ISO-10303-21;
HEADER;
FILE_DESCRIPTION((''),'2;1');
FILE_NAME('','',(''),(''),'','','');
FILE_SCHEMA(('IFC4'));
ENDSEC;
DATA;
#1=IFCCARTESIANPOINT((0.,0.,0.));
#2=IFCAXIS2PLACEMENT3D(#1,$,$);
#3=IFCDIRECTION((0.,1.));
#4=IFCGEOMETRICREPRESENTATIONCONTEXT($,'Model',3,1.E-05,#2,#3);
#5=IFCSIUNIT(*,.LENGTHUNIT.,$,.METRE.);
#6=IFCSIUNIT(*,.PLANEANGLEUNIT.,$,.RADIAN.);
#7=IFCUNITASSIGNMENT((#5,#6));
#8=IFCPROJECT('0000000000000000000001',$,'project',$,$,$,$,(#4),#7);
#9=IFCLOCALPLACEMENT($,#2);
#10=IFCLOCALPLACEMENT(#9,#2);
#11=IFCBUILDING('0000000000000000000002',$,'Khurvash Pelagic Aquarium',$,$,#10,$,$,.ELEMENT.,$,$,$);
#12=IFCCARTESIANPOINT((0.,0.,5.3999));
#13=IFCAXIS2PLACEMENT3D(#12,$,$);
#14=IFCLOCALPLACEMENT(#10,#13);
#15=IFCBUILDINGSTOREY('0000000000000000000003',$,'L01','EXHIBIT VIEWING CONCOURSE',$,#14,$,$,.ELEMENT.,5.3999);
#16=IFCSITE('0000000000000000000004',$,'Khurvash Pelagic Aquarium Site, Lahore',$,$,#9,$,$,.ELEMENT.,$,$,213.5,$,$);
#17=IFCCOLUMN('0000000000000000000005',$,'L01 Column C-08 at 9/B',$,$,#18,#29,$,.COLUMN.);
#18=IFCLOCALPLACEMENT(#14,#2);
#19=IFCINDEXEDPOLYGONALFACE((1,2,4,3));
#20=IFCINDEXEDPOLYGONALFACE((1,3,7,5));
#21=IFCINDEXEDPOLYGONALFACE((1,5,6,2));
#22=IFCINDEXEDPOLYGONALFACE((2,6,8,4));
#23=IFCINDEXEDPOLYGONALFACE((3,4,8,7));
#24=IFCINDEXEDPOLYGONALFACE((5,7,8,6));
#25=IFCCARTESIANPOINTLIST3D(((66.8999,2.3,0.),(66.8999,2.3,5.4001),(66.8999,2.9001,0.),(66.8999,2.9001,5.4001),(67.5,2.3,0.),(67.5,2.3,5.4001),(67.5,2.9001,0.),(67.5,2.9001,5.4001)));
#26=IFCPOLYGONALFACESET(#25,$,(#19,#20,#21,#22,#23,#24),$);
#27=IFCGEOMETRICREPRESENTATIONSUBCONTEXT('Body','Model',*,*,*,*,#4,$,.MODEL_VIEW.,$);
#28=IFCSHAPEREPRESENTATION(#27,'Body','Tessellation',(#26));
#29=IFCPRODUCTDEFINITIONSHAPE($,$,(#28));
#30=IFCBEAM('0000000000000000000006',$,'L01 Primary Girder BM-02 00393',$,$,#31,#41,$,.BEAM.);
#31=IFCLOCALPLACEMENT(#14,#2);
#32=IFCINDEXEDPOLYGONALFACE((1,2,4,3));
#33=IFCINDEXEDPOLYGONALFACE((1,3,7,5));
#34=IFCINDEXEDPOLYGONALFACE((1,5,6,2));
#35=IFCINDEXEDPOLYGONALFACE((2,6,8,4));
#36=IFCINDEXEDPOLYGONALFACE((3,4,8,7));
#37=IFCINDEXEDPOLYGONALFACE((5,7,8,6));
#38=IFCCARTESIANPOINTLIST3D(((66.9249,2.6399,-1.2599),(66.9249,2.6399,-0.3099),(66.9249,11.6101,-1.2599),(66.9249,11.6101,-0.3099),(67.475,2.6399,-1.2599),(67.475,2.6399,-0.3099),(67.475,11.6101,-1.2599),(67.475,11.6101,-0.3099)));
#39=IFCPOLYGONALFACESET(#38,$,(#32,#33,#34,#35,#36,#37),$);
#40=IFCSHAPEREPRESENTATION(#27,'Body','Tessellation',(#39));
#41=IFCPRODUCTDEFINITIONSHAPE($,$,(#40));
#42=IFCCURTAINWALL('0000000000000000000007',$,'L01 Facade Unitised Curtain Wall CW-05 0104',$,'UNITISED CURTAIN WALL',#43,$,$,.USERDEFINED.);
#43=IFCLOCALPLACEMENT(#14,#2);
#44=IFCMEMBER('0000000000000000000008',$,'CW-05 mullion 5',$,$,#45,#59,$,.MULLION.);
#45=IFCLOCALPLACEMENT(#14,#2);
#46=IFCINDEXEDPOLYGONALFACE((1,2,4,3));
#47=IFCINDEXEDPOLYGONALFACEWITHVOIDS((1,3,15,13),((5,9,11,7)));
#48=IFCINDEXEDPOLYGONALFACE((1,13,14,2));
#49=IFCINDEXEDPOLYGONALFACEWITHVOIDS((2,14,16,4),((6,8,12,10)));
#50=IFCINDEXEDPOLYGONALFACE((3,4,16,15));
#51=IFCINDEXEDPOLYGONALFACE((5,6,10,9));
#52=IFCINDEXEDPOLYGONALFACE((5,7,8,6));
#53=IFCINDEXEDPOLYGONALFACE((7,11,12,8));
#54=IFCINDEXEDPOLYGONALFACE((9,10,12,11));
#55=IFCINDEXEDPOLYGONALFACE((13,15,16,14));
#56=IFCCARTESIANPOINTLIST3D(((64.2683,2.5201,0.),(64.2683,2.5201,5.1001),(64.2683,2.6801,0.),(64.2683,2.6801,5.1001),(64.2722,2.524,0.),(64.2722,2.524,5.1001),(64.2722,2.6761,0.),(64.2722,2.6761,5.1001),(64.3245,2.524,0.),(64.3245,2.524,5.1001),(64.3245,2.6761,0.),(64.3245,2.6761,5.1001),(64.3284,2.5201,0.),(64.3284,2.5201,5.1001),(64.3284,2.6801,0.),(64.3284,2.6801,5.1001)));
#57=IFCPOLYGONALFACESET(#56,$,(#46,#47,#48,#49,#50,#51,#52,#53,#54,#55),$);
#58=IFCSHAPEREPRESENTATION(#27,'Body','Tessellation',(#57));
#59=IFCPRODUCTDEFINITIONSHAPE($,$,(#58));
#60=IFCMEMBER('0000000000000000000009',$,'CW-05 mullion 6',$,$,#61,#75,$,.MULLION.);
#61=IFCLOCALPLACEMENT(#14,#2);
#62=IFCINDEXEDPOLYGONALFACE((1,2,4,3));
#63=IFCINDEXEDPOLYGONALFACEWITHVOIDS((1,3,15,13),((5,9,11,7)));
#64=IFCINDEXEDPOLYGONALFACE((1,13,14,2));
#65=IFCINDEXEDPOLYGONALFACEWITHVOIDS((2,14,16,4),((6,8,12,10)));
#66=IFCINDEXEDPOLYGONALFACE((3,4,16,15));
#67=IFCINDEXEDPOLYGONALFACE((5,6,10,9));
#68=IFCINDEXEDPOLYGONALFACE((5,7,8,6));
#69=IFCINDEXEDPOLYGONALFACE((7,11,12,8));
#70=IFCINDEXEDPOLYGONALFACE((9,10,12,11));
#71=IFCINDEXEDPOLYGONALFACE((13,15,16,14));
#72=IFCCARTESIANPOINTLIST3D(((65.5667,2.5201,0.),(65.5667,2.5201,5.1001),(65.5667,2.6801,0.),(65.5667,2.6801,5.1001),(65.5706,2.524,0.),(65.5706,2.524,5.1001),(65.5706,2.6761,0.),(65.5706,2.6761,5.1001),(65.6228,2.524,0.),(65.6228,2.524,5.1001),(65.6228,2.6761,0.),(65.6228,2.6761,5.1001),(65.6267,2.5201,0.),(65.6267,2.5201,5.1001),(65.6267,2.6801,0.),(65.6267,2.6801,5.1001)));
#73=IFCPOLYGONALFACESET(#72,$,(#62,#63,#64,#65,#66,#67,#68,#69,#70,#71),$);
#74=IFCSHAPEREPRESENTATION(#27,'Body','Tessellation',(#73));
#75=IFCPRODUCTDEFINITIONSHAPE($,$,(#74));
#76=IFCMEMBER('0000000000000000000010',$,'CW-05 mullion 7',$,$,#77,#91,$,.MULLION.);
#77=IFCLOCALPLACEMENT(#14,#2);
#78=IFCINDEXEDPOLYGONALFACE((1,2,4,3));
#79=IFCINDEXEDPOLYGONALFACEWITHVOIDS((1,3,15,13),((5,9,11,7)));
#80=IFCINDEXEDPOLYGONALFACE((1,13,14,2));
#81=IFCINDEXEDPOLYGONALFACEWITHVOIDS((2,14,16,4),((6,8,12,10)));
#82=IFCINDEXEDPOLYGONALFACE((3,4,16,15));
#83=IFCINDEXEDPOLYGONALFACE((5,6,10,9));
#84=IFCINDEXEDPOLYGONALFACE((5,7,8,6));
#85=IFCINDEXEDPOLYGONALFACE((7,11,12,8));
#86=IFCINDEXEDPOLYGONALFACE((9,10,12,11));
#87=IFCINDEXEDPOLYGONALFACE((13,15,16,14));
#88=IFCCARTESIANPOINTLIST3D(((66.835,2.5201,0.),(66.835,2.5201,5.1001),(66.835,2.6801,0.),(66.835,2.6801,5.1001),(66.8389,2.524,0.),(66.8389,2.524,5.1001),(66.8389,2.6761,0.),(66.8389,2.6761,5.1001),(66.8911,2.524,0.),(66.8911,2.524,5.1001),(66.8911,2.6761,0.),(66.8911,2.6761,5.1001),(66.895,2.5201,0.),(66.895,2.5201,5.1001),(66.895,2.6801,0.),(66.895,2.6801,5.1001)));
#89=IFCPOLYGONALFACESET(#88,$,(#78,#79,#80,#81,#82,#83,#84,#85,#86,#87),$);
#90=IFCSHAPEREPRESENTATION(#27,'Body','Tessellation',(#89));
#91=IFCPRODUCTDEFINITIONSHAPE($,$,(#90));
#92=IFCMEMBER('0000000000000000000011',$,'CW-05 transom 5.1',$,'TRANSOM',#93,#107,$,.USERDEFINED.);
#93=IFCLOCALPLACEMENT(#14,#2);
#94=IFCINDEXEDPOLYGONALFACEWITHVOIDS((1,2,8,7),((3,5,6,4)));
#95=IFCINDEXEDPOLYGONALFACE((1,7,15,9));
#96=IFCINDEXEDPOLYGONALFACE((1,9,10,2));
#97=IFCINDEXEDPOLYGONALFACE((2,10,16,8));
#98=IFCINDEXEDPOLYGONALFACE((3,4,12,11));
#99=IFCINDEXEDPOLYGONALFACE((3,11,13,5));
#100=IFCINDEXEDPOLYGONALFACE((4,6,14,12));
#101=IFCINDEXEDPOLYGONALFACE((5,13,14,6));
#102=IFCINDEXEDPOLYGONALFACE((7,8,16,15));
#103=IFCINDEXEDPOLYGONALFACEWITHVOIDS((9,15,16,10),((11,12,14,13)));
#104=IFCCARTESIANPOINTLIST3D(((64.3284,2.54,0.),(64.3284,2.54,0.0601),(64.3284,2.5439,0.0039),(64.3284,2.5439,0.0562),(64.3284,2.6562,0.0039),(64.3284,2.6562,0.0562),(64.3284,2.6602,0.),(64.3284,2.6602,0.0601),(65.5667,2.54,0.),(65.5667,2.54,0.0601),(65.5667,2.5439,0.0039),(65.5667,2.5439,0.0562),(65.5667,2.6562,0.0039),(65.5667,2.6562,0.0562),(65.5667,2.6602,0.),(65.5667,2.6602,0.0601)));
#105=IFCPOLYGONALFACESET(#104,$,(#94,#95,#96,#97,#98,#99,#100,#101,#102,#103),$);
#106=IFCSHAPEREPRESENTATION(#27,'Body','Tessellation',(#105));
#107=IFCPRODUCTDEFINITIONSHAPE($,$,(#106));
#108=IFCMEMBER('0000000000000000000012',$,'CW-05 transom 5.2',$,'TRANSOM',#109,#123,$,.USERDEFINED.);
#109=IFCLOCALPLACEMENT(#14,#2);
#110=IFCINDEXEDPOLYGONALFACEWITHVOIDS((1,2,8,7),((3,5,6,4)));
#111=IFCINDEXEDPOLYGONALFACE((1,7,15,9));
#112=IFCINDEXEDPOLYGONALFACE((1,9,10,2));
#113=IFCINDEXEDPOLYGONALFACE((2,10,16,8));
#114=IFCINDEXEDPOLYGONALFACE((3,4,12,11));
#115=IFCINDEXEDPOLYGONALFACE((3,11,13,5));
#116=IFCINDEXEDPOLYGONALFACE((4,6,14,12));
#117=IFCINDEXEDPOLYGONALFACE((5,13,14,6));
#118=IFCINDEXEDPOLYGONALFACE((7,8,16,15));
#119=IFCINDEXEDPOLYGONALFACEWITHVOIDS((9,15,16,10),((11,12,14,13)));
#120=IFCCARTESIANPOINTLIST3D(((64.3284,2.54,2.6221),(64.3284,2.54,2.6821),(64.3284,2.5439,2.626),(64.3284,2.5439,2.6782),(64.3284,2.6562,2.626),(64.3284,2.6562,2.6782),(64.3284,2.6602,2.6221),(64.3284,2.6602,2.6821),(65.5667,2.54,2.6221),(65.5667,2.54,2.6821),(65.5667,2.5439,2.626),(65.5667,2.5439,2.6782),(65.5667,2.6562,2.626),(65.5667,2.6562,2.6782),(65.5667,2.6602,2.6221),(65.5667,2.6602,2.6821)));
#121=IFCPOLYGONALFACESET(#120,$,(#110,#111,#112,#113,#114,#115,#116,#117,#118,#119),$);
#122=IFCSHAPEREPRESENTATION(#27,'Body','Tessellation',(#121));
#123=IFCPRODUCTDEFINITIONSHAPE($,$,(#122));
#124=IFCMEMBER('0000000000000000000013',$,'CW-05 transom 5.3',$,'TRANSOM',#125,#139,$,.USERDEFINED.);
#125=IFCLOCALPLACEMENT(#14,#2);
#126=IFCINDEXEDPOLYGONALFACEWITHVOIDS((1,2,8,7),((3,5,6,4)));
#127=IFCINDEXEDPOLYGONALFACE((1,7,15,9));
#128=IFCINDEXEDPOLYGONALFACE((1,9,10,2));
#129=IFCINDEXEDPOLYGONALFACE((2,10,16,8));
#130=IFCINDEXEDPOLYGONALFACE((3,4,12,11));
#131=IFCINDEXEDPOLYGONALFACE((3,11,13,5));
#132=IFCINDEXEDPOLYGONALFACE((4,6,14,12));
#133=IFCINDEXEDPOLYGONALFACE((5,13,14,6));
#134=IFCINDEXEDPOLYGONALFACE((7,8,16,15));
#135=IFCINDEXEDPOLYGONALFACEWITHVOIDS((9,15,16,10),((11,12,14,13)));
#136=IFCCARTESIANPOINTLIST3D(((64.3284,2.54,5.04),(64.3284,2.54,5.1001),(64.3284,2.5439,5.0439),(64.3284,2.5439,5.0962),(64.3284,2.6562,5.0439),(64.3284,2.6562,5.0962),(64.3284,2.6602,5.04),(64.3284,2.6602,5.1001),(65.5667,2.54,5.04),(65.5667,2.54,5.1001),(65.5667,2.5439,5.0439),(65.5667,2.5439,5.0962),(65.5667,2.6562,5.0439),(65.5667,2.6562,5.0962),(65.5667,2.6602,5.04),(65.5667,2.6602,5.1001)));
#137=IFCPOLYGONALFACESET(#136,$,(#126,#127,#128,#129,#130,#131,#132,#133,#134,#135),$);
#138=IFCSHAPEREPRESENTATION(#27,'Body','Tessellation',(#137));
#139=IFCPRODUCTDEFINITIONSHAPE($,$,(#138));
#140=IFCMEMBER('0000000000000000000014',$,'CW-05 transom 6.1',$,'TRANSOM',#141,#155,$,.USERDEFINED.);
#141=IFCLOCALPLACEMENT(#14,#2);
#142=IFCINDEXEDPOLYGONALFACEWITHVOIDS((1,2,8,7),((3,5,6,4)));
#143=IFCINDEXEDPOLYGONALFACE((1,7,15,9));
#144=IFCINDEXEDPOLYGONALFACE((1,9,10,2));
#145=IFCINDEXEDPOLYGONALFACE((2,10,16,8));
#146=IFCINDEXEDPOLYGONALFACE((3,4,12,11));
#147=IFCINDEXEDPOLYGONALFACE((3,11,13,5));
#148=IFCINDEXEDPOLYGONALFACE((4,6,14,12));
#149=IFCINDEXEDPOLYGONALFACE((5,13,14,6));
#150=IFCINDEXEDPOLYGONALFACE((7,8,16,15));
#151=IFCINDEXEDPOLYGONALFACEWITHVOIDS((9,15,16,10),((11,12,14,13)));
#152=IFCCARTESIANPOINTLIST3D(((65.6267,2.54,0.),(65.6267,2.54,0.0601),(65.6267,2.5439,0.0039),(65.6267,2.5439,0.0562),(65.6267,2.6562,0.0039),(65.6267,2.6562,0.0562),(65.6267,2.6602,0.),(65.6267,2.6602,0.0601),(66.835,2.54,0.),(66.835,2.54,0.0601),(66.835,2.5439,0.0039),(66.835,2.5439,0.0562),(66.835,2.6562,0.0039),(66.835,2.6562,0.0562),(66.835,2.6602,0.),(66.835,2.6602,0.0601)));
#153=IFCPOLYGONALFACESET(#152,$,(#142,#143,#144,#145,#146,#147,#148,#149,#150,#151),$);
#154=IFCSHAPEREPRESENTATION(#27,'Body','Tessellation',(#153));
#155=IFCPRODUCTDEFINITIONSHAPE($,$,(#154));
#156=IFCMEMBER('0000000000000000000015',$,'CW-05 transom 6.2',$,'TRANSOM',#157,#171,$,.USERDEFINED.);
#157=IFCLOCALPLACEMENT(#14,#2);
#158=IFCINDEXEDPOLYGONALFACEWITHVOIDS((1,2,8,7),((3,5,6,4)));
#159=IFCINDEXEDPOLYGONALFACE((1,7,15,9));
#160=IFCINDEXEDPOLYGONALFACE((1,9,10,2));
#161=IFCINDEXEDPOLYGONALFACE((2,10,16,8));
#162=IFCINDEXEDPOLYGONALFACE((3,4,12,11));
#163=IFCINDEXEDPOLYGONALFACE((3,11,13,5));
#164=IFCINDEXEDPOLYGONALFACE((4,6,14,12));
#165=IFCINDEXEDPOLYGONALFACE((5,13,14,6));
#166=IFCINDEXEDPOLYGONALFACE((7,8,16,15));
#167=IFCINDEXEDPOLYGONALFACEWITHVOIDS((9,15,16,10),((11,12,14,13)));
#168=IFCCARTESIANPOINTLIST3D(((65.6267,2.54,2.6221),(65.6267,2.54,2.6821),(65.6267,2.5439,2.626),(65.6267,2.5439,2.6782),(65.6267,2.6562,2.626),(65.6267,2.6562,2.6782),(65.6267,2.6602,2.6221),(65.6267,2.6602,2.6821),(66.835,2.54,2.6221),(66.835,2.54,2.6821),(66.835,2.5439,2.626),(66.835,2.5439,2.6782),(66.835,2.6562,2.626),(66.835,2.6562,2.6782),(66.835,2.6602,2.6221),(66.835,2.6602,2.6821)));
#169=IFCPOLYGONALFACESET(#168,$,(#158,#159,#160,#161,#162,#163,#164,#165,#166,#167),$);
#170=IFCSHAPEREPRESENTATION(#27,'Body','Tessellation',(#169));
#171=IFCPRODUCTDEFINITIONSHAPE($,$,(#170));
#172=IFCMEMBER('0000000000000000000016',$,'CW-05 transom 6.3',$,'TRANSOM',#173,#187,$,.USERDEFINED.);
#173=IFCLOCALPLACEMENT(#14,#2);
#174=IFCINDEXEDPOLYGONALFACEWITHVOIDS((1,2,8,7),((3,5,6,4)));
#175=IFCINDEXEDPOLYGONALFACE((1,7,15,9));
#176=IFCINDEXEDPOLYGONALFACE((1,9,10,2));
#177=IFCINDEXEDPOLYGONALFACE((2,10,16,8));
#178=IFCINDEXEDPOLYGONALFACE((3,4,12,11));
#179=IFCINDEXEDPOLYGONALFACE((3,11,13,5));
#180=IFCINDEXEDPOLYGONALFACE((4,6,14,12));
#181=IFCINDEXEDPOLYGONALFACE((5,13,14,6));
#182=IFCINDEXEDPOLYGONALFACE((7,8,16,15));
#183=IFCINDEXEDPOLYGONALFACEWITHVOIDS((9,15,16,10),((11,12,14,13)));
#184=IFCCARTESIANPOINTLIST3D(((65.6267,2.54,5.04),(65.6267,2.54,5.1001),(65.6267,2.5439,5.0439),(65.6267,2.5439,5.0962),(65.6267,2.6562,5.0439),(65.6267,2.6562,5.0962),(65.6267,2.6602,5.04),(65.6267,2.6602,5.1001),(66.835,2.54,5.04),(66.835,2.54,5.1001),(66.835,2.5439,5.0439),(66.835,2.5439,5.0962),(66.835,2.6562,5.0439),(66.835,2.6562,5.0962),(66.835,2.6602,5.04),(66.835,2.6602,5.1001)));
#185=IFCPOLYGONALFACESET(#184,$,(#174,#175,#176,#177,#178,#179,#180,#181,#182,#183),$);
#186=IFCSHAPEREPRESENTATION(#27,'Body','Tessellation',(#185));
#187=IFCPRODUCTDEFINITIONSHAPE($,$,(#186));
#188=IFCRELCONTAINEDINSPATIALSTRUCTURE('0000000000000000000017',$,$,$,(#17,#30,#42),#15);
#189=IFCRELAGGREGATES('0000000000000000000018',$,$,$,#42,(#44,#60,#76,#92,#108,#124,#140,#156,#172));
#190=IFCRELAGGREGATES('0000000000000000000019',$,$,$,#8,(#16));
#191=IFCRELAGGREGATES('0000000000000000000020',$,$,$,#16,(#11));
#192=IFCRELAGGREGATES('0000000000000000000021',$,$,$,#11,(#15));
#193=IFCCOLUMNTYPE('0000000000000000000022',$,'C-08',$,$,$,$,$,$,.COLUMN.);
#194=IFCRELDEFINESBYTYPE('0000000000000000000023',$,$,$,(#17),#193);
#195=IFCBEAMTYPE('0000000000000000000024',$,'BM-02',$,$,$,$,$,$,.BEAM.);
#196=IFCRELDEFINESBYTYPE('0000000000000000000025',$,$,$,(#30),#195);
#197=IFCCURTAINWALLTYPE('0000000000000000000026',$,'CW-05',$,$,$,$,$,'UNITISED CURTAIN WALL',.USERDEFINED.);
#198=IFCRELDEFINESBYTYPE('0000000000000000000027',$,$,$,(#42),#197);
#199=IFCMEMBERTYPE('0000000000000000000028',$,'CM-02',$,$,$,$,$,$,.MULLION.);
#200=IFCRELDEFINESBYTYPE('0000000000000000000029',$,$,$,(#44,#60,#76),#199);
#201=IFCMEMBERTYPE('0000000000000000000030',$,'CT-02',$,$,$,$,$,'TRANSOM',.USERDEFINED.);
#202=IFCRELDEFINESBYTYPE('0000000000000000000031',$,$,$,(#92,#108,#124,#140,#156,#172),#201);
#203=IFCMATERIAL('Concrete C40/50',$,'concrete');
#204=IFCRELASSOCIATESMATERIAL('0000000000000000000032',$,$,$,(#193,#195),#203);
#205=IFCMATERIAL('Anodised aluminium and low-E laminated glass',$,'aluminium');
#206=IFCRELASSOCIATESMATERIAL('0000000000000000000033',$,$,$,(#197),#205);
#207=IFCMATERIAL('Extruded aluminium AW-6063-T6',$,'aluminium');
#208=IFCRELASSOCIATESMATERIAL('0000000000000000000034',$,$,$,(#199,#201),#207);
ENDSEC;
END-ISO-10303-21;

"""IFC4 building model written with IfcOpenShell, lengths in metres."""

from ifc_helpers import new_model, si_unit, direction, frame, origin, origin_2d, place, context, subcontext, project, spatial, rectangle, hollow_rectangle, extrude, material, material_profile, profile_set, type_object, element, aggregate, save


model = new_model("IFC4")

# Units and contexts
model_context = context("Model", 3, precision=1e-05, world=origin(), true_north=direction((0.0, 1.0)))
body_context = subcontext(model_context, "Body", "Model", "MODEL_VIEW")
ifc_project = project(units=[si_unit("LENGTHUNIT", "METRE"), si_unit("PLANEANGLEUNIT", "RADIAN")], contexts=[model_context])

# Site, building, storey
site_placement = place(None, origin())
site = spatial("IfcSite", under=ifc_project, at=site_placement, Name="Khurvash Pelagic Aquarium Site, Lahore", CompositionType="ELEMENT", RefElevation=213.5)
building_placement = place(site_placement, origin())
building = spatial("IfcBuilding", under=site, at=building_placement, Name="Khurvash Pelagic Aquarium", CompositionType="ELEMENT")
storey_placement = place(building_placement, frame((0.0, 0.0, 5.3999)))
storey = spatial("IfcBuildingStorey", under=building, at=storey_placement, Name="L01", Description="EXHIBIT VIEWING CONCOURSE", CompositionType="ELEMENT", Elevation=5.3999)

# Column
ifc_material_1 = material(Name="Concrete C40/50", Category="concrete")
ifc_material_profile_1 = material_profile(ifc_material_1, rectangle(XDim=0.6001, YDim=0.6001, at=origin_2d()), Name="RC600X600")
ifc_profile_set_1 = profile_set([ifc_material_profile_1], Name="Concrete C40/50")
column_type = type_object("IfcColumnType", Name="C-08", PredefinedType="COLUMN", material=ifc_profile_set_1)
column_placement = place(storey_placement, frame((67.2, 2.6001, 0.0), z_axis=(0.0, 0.0, 1.0), x_axis=(1.0, 0.0, 0.0)))
element("IfcColumn", 1, at=column_placement, inside=storey, type_object=column_type, Name="L01 Column C-08 at 9/B", PredefinedType="COLUMN", context=body_context, shape_type="SweptSolid", body=[
    extrude(rectangle(XDim=0.6001, YDim=0.6001, at=origin_2d()), origin(), (0.0, 0.0, 1.0), 5.4001),
])

# Beam
ifc_material_profile_2 = material_profile(ifc_material_1, rectangle(XDim=0.55, YDim=0.95, at=origin_2d()), Name="RC550X950")
ifc_profile_set_2 = profile_set([ifc_material_profile_2], Name="Concrete C40/50")
beam_type_1 = type_object("IfcBeamType", Name="BM-02", PredefinedType="BEAM", material=ifc_profile_set_2)
beam_1_placement = place(storey_placement, frame((67.2, 2.6399, -0.7849), z_axis=(0.0, 1.0, 0.0), x_axis=(-1.0, 0.0, 0.0)))
element("IfcBeam", 2, at=beam_1_placement, inside=storey, type_object=beam_type_1, Name="L01 Primary Girder BM-02 00393", PredefinedType="BEAM", context=body_context, shape_type="SweptSolid", body=[
    extrude(rectangle(XDim=0.55, YDim=0.95, at=origin_2d()), origin(), (0.0, 0.0, 1.0), 8.9702),
])

# Curtain wall, members
ifc_material_2 = material(Name="Anodised aluminium and low-E laminated glass", Category="aluminium")
curtain_wall_type = type_object("IfcCurtainWallType", Name="CW-05", ElementType="UNITISED CURTAIN WALL", PredefinedType="USERDEFINED", material=ifc_material_2)
curtain_wall_placement = place(storey_placement, origin())
curtain_wall = element("IfcCurtainWall", 3, at=curtain_wall_placement, inside=storey, type_object=curtain_wall_type, Name="L01 Facade Unitised Curtain Wall CW-05 0104", ObjectType="UNITISED CURTAIN WALL", PredefinedType="USERDEFINED")
ifc_material_3 = material(Name="Extruded aluminium AW-6063-T6", Category="aluminium")
ifc_material_profile_3 = material_profile(ifc_material_3, hollow_rectangle(XDim=0.0601, YDim=0.1599, WallThickness=0.0039, at=origin_2d()), Name="CWM60X160X4")
ifc_profile_set_3 = profile_set([ifc_material_profile_3], Name="Extruded aluminium AW-6063-T6")
member_type_1 = type_object("IfcMemberType", Name="CM-02", PredefinedType="MULLION", material=ifc_profile_set_3)
member_1_placement = place(storey_placement, frame((64.2983, 2.6001, 0.0), z_axis=(0.0, 0.0, 1.0), x_axis=(1.0, 0.0, 0.0)))
member_1 = element("IfcMember", 4, at=member_1_placement, type_object=member_type_1, Name="CW-05 mullion 5", PredefinedType="MULLION", context=body_context, shape_type="SweptSolid", body=[
    extrude(hollow_rectangle(XDim=0.0601, YDim=0.1599, WallThickness=0.0039, at=origin_2d()), origin(), (0.0, 0.0, 1.0), 5.1001),
])
member_2_placement = place(storey_placement, frame((65.5967, 2.6001, 0.0), z_axis=(0.0, 0.0, 1.0), x_axis=(1.0, 0.0, 0.0)))
member_2 = element("IfcMember", 5, at=member_2_placement, type_object=member_type_1, Name="CW-05 mullion 6", PredefinedType="MULLION", context=body_context, shape_type="SweptSolid", body=[
    extrude(hollow_rectangle(XDim=0.0601, YDim=0.1599, WallThickness=0.0039, at=origin_2d()), origin(), (0.0, 0.0, 1.0), 5.1001),
])
member_3_placement = place(storey_placement, frame((66.865, 2.6001, 0.0), z_axis=(0.0, 0.0, 1.0), x_axis=(1.0, 0.0, 0.0)))
member_3 = element("IfcMember", 6, at=member_3_placement, type_object=member_type_1, Name="CW-05 mullion 7", PredefinedType="MULLION", context=body_context, shape_type="SweptSolid", body=[
    extrude(hollow_rectangle(XDim=0.0601, YDim=0.1599, WallThickness=0.0039, at=origin_2d()), origin(), (0.0, 0.0, 1.0), 5.1001),
])
ifc_material_profile_4 = material_profile(ifc_material_3, hollow_rectangle(XDim=0.1201, YDim=0.0601, WallThickness=0.0039, at=origin_2d()), Name="CWT120X60X4")
ifc_profile_set_4 = profile_set([ifc_material_profile_4], Name="Extruded aluminium AW-6063-T6")
member_type_2 = type_object("IfcMemberType", Name="CT-02", ElementType="TRANSOM", PredefinedType="USERDEFINED", material=ifc_profile_set_4)
member_4_placement = place(storey_placement, frame((64.3284, 2.6001, 0.03), z_axis=(1.0, 0.0, 0.0), x_axis=(0.0, 1.0, 0.0)))
member_4 = element("IfcMember", 7, at=member_4_placement, type_object=member_type_2, Name="CW-05 transom 5.1", ObjectType="TRANSOM", PredefinedType="USERDEFINED", context=body_context, shape_type="SweptSolid", body=[
    extrude(hollow_rectangle(XDim=0.1201, YDim=0.0601, WallThickness=0.0039, at=origin_2d()), origin(), (0.0, 0.0, 1.0), 1.2383),
])
member_5_placement = place(storey_placement, frame((64.3284, 2.6001, 2.6521), z_axis=(1.0, 0.0, 0.0), x_axis=(0.0, 1.0, 0.0)))
member_5 = element("IfcMember", 8, at=member_5_placement, type_object=member_type_2, Name="CW-05 transom 5.2", ObjectType="TRANSOM", PredefinedType="USERDEFINED", context=body_context, shape_type="SweptSolid", body=[
    extrude(hollow_rectangle(XDim=0.1201, YDim=0.0601, WallThickness=0.0039, at=origin_2d()), origin(), (0.0, 0.0, 1.0), 1.2383),
])
member_6_placement = place(storey_placement, frame((64.3284, 2.6001, 5.0701), z_axis=(1.0, 0.0, 0.0), x_axis=(0.0, 1.0, 0.0)))
member_6 = element("IfcMember", 9, at=member_6_placement, type_object=member_type_2, Name="CW-05 transom 5.3", ObjectType="TRANSOM", PredefinedType="USERDEFINED", context=body_context, shape_type="SweptSolid", body=[
    extrude(hollow_rectangle(XDim=0.1201, YDim=0.0601, WallThickness=0.0039, at=origin_2d()), origin(), (0.0, 0.0, 1.0), 1.2383),
])
member_7_placement = place(storey_placement, frame((65.6267, 2.6001, 0.03), z_axis=(1.0, 0.0, 0.0), x_axis=(0.0, 1.0, 0.0)))
member_7 = element("IfcMember", 10, at=member_7_placement, type_object=member_type_2, Name="CW-05 transom 6.1", ObjectType="TRANSOM", PredefinedType="USERDEFINED", context=body_context, shape_type="SweptSolid", body=[
    extrude(hollow_rectangle(XDim=0.1201, YDim=0.0601, WallThickness=0.0039, at=origin_2d()), origin(), (0.0, 0.0, 1.0), 1.2083),
])
member_8_placement = place(storey_placement, frame((65.6267, 2.6001, 2.6521), z_axis=(1.0, 0.0, 0.0), x_axis=(0.0, 1.0, 0.0)))
member_8 = element("IfcMember", 11, at=member_8_placement, type_object=member_type_2, Name="CW-05 transom 6.2", ObjectType="TRANSOM", PredefinedType="USERDEFINED", context=body_context, shape_type="SweptSolid", body=[
    extrude(hollow_rectangle(XDim=0.1201, YDim=0.0601, WallThickness=0.0039, at=origin_2d()), origin(), (0.0, 0.0, 1.0), 1.2083),
])
member_9_placement = place(storey_placement, frame((65.6267, 2.6001, 5.0701), z_axis=(1.0, 0.0, 0.0), x_axis=(0.0, 1.0, 0.0)))
member_9 = element("IfcMember", 12, at=member_9_placement, type_object=member_type_2, Name="CW-05 transom 6.3", ObjectType="TRANSOM", PredefinedType="USERDEFINED", context=body_context, shape_type="SweptSolid", body=[
    extrude(hollow_rectangle(XDim=0.1201, YDim=0.0601, WallThickness=0.0039, at=origin_2d()), origin(), (0.0, 0.0, 1.0), 1.2083),
])

aggregate(curtain_wall, [member_1, member_2, member_3, member_4, member_5, member_6, member_7, member_8, member_9])

save(model, "model.ifc")
